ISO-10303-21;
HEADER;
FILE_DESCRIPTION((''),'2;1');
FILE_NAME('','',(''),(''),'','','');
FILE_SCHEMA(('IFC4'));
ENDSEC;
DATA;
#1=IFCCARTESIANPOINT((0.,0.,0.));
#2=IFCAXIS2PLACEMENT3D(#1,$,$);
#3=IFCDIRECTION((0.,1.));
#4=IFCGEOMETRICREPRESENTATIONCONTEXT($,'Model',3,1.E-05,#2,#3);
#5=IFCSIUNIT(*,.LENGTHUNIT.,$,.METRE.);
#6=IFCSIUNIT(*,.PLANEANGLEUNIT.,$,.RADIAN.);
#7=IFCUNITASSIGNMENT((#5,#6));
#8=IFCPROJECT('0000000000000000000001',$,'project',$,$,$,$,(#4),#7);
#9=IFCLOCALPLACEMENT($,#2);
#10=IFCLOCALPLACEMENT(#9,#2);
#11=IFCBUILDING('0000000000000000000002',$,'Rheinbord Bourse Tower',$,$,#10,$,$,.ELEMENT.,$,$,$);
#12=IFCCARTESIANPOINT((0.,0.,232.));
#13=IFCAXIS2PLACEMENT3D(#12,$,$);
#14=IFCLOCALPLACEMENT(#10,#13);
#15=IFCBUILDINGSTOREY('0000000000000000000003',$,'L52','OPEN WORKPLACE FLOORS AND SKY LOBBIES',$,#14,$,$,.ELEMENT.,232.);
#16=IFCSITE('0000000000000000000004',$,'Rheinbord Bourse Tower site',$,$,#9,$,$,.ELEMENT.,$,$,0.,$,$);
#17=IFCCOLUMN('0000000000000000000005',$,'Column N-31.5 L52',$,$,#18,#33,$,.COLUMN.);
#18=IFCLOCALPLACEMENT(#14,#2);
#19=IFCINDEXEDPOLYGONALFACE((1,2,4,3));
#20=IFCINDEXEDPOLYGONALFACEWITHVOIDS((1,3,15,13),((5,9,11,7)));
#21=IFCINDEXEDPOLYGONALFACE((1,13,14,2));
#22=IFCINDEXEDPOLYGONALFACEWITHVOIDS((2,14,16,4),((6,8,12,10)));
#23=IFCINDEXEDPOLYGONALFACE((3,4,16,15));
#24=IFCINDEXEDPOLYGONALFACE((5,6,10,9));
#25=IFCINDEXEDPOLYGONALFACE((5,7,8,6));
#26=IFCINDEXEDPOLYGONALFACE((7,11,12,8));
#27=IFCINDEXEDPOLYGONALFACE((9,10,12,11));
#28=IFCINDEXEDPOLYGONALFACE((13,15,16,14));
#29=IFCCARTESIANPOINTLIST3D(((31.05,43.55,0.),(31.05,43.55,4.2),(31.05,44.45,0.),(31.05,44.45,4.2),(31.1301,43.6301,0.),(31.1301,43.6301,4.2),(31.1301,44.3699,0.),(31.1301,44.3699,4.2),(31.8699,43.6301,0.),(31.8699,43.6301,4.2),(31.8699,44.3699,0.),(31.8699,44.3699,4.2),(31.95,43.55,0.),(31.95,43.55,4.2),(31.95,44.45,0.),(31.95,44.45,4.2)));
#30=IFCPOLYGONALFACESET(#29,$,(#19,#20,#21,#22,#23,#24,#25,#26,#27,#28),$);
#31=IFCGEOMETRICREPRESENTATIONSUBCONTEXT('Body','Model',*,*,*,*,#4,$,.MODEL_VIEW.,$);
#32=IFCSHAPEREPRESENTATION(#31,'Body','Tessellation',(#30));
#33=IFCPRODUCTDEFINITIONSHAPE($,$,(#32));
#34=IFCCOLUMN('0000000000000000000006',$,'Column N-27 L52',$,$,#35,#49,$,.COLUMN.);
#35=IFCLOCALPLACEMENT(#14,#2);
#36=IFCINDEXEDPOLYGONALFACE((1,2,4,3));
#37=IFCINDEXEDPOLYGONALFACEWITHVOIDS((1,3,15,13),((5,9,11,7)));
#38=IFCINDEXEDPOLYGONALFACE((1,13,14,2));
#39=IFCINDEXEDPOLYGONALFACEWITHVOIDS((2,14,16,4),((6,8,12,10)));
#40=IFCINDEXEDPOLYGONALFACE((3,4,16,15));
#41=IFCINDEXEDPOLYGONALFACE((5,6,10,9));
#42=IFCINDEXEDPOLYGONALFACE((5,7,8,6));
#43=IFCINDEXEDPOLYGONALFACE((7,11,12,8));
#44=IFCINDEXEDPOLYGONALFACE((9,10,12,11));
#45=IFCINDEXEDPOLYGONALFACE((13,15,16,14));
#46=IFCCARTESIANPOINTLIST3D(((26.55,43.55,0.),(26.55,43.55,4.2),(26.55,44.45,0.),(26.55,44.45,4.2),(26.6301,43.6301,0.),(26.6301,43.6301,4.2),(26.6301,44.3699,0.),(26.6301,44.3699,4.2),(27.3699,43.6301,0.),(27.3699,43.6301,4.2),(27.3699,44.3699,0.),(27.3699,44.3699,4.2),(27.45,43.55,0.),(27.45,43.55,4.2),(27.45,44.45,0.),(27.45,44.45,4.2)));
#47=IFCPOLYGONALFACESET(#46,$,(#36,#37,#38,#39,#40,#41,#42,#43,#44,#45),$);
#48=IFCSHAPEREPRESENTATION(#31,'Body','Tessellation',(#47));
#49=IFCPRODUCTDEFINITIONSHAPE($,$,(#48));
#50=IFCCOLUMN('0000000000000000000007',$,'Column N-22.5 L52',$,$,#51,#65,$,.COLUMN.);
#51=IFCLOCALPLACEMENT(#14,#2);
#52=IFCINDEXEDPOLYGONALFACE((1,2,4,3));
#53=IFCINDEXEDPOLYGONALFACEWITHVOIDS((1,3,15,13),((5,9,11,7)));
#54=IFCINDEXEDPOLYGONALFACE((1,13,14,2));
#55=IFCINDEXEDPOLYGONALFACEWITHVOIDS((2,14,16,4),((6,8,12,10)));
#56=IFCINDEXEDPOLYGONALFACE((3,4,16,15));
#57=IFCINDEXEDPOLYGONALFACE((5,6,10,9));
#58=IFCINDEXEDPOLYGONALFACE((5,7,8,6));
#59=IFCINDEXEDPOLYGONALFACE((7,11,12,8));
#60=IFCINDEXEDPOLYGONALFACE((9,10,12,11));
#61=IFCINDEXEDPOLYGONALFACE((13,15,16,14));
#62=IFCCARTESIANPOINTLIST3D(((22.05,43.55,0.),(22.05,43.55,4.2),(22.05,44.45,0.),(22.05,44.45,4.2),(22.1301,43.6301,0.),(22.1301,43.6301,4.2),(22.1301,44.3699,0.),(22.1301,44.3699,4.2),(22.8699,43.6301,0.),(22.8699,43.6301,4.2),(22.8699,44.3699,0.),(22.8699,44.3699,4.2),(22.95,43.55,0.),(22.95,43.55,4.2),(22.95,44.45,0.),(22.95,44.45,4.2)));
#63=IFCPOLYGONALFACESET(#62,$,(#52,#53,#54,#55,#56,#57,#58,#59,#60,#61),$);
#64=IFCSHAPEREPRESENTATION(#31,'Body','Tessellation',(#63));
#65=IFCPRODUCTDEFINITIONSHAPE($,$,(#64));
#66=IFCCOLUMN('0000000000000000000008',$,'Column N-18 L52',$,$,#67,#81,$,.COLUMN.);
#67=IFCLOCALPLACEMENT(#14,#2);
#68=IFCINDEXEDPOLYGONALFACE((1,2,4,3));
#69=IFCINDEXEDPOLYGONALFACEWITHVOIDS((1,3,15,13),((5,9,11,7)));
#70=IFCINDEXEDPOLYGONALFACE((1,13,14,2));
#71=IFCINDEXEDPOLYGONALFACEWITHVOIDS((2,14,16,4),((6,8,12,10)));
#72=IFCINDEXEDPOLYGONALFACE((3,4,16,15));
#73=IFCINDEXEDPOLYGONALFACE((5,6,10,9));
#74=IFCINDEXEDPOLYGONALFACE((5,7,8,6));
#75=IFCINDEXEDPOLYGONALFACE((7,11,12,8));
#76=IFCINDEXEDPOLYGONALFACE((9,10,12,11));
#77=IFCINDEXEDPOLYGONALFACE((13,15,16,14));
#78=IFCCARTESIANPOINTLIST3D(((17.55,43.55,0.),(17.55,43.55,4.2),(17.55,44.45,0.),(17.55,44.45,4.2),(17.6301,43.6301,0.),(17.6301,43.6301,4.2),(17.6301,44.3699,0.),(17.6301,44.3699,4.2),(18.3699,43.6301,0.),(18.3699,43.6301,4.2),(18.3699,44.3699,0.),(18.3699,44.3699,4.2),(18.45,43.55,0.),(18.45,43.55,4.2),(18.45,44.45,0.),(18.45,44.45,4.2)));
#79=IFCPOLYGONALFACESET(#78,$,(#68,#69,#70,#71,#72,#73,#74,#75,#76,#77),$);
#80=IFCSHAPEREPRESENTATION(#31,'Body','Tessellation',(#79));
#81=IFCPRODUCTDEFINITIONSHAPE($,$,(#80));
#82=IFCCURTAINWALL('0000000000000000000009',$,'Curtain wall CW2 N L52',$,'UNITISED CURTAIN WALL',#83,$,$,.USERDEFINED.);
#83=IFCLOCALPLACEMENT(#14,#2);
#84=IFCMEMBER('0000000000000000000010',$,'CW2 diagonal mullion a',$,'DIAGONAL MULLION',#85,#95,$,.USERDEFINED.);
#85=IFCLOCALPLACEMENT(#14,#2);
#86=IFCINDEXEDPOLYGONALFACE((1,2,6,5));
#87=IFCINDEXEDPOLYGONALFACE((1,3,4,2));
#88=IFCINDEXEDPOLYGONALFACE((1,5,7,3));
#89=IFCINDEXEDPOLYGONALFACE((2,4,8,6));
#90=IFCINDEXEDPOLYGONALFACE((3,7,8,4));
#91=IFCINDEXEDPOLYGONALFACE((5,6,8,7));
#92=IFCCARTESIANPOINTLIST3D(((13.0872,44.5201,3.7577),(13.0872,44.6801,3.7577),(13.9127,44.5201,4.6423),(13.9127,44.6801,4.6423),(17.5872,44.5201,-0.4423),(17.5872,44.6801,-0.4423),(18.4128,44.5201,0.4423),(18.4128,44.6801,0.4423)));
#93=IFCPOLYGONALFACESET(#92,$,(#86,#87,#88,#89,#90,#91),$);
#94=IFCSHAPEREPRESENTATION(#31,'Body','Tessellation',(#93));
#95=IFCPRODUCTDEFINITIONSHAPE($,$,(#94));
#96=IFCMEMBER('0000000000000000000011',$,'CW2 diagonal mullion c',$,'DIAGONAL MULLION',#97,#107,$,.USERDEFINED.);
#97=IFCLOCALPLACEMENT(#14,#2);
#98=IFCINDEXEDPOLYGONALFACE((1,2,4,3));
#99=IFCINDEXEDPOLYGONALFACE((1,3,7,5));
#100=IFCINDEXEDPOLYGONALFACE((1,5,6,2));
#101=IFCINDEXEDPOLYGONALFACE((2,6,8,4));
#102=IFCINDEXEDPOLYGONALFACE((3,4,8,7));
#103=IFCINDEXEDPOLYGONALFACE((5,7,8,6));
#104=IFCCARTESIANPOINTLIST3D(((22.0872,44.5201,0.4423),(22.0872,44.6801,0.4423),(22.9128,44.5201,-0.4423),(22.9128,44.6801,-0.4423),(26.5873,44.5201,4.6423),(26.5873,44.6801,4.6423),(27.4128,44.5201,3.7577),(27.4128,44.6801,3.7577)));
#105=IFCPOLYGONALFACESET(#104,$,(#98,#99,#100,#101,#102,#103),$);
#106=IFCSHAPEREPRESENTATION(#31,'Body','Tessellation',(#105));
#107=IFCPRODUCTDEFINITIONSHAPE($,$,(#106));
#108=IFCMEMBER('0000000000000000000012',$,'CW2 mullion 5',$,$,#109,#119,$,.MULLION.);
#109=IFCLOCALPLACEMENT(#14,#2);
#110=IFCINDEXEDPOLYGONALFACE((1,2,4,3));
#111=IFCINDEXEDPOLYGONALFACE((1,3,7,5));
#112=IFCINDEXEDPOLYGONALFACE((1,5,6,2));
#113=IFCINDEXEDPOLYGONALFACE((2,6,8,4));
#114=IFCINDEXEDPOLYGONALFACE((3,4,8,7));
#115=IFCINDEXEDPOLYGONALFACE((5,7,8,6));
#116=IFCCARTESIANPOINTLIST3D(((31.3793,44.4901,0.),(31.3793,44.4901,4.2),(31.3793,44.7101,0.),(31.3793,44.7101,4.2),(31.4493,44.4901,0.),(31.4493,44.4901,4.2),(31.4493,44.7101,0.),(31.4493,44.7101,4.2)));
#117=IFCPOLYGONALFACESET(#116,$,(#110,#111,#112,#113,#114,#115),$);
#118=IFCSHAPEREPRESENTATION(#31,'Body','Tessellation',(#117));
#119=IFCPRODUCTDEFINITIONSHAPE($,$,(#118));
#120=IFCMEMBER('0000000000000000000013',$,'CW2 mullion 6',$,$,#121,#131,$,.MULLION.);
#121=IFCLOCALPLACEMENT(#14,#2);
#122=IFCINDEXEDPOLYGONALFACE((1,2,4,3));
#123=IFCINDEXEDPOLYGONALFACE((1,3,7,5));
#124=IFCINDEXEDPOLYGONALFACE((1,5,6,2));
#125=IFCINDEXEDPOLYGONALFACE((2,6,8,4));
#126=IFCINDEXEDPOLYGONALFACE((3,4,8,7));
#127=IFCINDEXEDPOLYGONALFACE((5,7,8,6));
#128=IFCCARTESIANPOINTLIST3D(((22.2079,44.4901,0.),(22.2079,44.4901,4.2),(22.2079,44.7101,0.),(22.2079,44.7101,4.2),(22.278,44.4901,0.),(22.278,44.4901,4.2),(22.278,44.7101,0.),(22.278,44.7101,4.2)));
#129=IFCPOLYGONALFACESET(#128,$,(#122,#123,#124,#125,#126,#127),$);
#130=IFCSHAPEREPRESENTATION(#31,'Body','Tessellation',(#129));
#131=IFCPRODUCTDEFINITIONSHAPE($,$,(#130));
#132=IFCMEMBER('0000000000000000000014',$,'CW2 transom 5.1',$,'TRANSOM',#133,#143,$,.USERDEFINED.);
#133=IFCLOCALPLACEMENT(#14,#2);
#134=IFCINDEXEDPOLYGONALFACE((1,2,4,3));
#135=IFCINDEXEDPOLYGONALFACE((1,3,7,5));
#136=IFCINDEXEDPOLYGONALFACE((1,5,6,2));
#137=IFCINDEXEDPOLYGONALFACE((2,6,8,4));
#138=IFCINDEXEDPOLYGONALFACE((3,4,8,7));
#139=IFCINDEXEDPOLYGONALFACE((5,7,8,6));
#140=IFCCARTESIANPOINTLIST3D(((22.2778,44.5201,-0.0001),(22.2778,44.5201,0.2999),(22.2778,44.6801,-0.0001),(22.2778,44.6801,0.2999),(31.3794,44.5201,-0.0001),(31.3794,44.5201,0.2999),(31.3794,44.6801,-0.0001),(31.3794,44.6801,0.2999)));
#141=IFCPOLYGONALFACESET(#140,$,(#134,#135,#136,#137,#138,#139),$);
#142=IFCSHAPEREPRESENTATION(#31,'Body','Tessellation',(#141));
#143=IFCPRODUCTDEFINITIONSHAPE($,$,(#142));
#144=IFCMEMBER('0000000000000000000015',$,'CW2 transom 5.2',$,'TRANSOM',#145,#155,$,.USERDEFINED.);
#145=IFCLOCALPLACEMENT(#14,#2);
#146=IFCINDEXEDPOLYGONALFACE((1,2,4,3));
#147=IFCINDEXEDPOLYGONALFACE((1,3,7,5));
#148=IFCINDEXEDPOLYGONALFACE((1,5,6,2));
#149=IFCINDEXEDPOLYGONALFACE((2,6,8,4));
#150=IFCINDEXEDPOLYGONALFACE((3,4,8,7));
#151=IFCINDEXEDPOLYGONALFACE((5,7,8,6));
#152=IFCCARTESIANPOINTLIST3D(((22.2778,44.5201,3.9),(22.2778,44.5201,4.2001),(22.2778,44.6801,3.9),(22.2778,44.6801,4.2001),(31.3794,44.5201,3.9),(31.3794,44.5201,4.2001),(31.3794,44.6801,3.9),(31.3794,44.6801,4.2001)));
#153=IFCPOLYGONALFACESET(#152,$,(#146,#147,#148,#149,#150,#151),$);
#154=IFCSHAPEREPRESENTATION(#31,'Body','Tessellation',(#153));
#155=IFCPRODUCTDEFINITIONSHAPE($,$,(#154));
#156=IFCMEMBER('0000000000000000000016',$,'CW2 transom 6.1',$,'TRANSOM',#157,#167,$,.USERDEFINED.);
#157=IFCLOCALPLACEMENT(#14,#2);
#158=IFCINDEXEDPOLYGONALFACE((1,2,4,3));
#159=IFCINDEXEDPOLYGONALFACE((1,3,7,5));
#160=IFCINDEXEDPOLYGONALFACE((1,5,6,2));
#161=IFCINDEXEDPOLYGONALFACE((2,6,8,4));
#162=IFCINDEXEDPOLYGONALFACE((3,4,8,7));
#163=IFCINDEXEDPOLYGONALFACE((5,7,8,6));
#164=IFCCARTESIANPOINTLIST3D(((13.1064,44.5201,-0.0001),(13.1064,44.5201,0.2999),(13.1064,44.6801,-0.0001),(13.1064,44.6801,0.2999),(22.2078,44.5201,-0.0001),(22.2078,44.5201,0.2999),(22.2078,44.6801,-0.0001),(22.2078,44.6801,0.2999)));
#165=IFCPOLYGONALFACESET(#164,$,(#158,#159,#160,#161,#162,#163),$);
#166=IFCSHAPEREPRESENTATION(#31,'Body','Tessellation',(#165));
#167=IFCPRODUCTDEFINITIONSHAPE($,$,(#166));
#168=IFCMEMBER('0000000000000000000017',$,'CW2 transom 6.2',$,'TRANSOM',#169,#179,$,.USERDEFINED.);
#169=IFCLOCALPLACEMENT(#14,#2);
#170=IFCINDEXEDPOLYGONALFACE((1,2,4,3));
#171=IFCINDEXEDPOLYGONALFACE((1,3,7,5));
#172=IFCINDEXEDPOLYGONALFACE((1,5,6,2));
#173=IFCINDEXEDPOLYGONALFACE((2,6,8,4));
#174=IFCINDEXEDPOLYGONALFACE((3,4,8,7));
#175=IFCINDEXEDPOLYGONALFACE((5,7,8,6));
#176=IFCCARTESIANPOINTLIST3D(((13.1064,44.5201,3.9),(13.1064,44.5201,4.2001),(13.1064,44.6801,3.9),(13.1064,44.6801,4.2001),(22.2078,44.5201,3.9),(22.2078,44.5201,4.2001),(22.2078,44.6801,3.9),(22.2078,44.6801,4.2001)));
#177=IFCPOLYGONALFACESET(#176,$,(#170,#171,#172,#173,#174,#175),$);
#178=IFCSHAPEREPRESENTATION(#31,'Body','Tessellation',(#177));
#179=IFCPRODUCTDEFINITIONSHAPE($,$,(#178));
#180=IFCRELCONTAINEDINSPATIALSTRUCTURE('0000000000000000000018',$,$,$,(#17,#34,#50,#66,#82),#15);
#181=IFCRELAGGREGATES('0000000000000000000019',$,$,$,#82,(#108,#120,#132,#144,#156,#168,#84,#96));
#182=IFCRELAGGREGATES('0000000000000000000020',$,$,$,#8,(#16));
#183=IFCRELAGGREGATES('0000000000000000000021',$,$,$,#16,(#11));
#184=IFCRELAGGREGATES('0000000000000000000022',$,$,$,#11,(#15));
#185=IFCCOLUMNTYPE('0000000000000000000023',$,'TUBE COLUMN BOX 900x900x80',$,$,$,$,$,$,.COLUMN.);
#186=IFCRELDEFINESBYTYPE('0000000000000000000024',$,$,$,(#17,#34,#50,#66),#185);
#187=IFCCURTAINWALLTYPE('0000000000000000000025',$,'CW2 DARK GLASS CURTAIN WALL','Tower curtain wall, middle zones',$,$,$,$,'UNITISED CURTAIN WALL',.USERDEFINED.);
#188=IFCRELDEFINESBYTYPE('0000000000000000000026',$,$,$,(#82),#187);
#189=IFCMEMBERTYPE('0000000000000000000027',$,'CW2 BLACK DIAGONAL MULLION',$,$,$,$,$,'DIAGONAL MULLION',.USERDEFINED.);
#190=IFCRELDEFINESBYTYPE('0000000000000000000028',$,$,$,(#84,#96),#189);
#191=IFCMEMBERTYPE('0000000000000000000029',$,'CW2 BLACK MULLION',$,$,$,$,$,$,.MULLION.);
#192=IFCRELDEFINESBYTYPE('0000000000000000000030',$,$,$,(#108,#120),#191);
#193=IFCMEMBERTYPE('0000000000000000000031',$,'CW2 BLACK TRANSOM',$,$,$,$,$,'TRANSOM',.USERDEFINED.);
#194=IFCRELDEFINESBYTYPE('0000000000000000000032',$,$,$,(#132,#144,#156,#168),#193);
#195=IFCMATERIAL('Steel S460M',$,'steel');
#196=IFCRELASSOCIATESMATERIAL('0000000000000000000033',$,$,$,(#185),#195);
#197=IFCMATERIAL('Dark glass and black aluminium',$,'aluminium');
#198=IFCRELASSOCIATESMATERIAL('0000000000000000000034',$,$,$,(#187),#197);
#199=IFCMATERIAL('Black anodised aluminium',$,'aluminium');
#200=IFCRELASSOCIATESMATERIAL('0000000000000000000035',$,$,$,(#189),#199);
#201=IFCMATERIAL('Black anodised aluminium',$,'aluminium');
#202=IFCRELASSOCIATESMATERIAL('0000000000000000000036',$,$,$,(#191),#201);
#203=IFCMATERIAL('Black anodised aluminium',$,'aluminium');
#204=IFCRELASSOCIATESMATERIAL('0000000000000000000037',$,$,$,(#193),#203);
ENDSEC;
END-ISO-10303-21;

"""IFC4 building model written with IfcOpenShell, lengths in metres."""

from ifc_helpers import new_model, si_unit, direction, frame, origin, origin_2d, place, context, subcontext, project, spatial, rectangle, hollow_rectangle, extrude, material, material_profile, profile_set, type_object, element, aggregate, save


model = new_model("IFC4")

# Units and contexts
model_context = context("Model", 3, precision=1e-05, world=origin(), true_north=direction((0.0, 1.0)))
body_context = subcontext(model_context, "Body", "Model", "MODEL_VIEW")
ifc_project = project(units=[si_unit("LENGTHUNIT", "METRE"), si_unit("PLANEANGLEUNIT", "RADIAN")], contexts=[model_context])

# Site, building, storey
site_placement = place(None, origin())
site = spatial("IfcSite", under=ifc_project, at=site_placement, Name="Rheinbord Bourse Tower site", CompositionType="ELEMENT", RefElevation=0.0)
building_placement = place(site_placement, origin())
building = spatial("IfcBuilding", under=site, at=building_placement, Name="Rheinbord Bourse Tower", CompositionType="ELEMENT")
storey_placement = place(building_placement, frame((0.0, 0.0, 232.0)))
storey = spatial("IfcBuildingStorey", under=building, at=storey_placement, Name="L52", Description="OPEN WORKPLACE FLOORS AND SKY LOBBIES", CompositionType="ELEMENT", Elevation=232.0)

# Columns
ifc_material_1 = material(Name="Steel S460M", Category="steel")
ifc_material_profile_1 = material_profile(ifc_material_1, hollow_rectangle(XDim=0.8999, YDim=0.8999, WallThickness=0.0801, at=origin_2d()), Name="BOX 900x900x80")
ifc_profile_set_1 = profile_set([ifc_material_profile_1], Name="Steel S460M")
column_type = type_object("IfcColumnType", Name="TUBE COLUMN BOX 900x900x80", PredefinedType="COLUMN", material=ifc_profile_set_1)
for number, where, z_axis, x_axis, name in (
    (1, (31.5, 44.0, 0.0), (0.0, 0.0, 1.0), (0.0, 1.0, 0.0), "Column N-31.5 L52"),
    (2, (27.0, 44.0, 0.0), (0.0, 0.0, 1.0), (0.0, 1.0, 0.0), "Column N-27 L52"),
    (3, (22.5, 44.0, 0.0), (0.0, 0.0, 1.0), (0.0, 1.0, 0.0), "Column N-22.5 L52"),
    (4, (18.0, 44.0, 0.0), (0.0, 0.0, 1.0), (0.0, 1.0, 0.0), "Column N-18 L52"),
):
    element("IfcColumn", number, at=place(storey_placement, frame(where, z_axis=z_axis, x_axis=x_axis)), inside=storey, type_object=column_type, Name=name, PredefinedType="COLUMN", context=body_context, shape_type="SweptSolid", body=[
        extrude(hollow_rectangle(XDim=0.8999, YDim=0.8999, WallThickness=0.0801, at=origin_2d()), origin(), (0.0, 0.0, 1.0), 4.2),
    ])

# Curtain wall, members
ifc_material_2 = material(Name="Dark glass and black aluminium", Category="aluminium")
curtain_wall_type = type_object("IfcCurtainWallType", Name="CW2 DARK GLASS CURTAIN WALL", Description="Tower curtain wall, middle zones", ElementType="UNITISED CURTAIN WALL", PredefinedType="USERDEFINED", material=ifc_material_2)
curtain_wall_placement = place(storey_placement, origin())
curtain_wall = element("IfcCurtainWall", 5, at=curtain_wall_placement, inside=storey, type_object=curtain_wall_type, Name="Curtain wall CW2 N L52", ObjectType="UNITISED CURTAIN WALL", PredefinedType="USERDEFINED")
ifc_material_3 = material(Name="Black anodised aluminium", Category="aluminium")
ifc_material_profile_2 = material_profile(ifc_material_3, rectangle(XDim=0.1599, YDim=1.21, at=origin_2d()), Name="CW2 DIAGONAL MULLION 1210x160")
ifc_profile_set_2 = profile_set([ifc_material_profile_2], Name="Black anodised aluminium")
member_type_1 = type_object("IfcMemberType", Name="CW2 BLACK DIAGONAL MULLION", ElementType="DIAGONAL MULLION", PredefinedType="USERDEFINED", material=ifc_profile_set_2)
member_1_placement = place(storey_placement, frame((18.0, 44.6001, 0.0), z_axis=(-0.731059, 0.0, 0.682314), x_axis=(0.0, -1.0, 0.0)))
member_1 = element("IfcMember", 6, at=member_1_placement, type_object=member_type_1, Name="CW2 diagonal mullion a", ObjectType="DIAGONAL MULLION", PredefinedType="USERDEFINED", context=body_context, shape_type="SweptSolid", body=[
    extrude(rectangle(XDim=0.1599, YDim=1.21, at=origin_2d()), origin(), (0.0, 0.0, 1.0), 6.1555),
])
member_2_placement = place(storey_placement, frame((22.5, 44.6001, 0.0), z_axis=(0.731059, 0.0, 0.682314), x_axis=(0.0, 1.0, 0.0)))
member_2 = element("IfcMember", 7, at=member_2_placement, type_object=member_type_1, Name="CW2 diagonal mullion c", ObjectType="DIAGONAL MULLION", PredefinedType="USERDEFINED", context=body_context, shape_type="SweptSolid", body=[
    extrude(rectangle(XDim=0.1599, YDim=1.21, at=origin_2d()), origin(), (0.0, 0.0, 1.0), 6.1555),
])
ifc_material_4 = material(Name="Black anodised aluminium", Category="aluminium")
ifc_material_profile_3 = material_profile(ifc_material_4, rectangle(XDim=0.22, YDim=0.0701, at=origin_2d()), Name="CW2 MULLION 70x220")
ifc_profile_set_3 = profile_set([ifc_material_profile_3], Name="Black anodised aluminium")
member_type_2 = type_object("IfcMemberType", Name="CW2 BLACK MULLION", PredefinedType="MULLION", material=ifc_profile_set_3)
member_3_placement = place(storey_placement, frame((31.4143, 44.6001, 0.0), z_axis=(0.0, 0.0, 1.0), x_axis=(0.0, -1.0, 0.0)))
member_3 = element("IfcMember", 8, at=member_3_placement, type_object=member_type_2, Name="CW2 mullion 5", PredefinedType="MULLION", context=body_context, shape_type="SweptSolid", body=[
    extrude(rectangle(XDim=0.22, YDim=0.0701, at=origin_2d()), origin(), (0.0, 0.0, 1.0), 4.2),
])
member_4_placement = place(storey_placement, frame((22.2429, 44.6001, 0.0), z_axis=(0.0, 0.0, 1.0), x_axis=(0.0, -1.0, 0.0)))
member_4 = element("IfcMember", 9, at=member_4_placement, type_object=member_type_2, Name="CW2 mullion 6", PredefinedType="MULLION", context=body_context, shape_type="SweptSolid", body=[
    extrude(rectangle(XDim=0.22, YDim=0.0701, at=origin_2d()), origin(), (0.0, 0.0, 1.0), 4.2),
])
ifc_material_5 = material(Name="Black anodised aluminium", Category="aluminium")
ifc_material_profile_4 = material_profile(ifc_material_5, rectangle(XDim=0.1599, YDim=0.3, at=origin_2d()), Name="CW2 TRANSOM 300x160")
ifc_profile_set_4 = profile_set([ifc_material_profile_4], Name="Black anodised aluminium")
member_type_3 = type_object("IfcMemberType", Name="CW2 BLACK TRANSOM", ElementType="TRANSOM", PredefinedType="USERDEFINED", material=ifc_profile_set_4)
member_5_placement = place(storey_placement, frame((31.3794, 44.6001, 0.1499), z_axis=(-1.0, 0.0, 0.0), x_axis=(0.0, -1.0, 0.0)))
member_5 = element("IfcMember", 10, at=member_5_placement, type_object=member_type_3, Name="CW2 transom 5.1", ObjectType="TRANSOM", PredefinedType="USERDEFINED", context=body_context, shape_type="SweptSolid", body=[
    extrude(rectangle(XDim=0.1599, YDim=0.3, at=origin_2d()), origin(), (0.0, 0.0, 1.0), 9.1016),
])
member_6_placement = place(storey_placement, frame((31.3794, 44.6001, 4.05), z_axis=(-1.0, 0.0, 0.0), x_axis=(0.0, -1.0, 0.0)))
member_6 = element("IfcMember", 11, at=member_6_placement, type_object=member_type_3, Name="CW2 transom 5.2", ObjectType="TRANSOM", PredefinedType="USERDEFINED", context=body_context, shape_type="SweptSolid", body=[
    extrude(rectangle(XDim=0.1599, YDim=0.3, at=origin_2d()), origin(), (0.0, 0.0, 1.0), 9.1016),
])
member_7_placement = place(storey_placement, frame((22.2078, 44.6001, 0.1499), z_axis=(-1.0, 0.0, 0.0), x_axis=(0.0, -1.0, 0.0)))
member_7 = element("IfcMember", 12, at=member_7_placement, type_object=member_type_3, Name="CW2 transom 6.1", ObjectType="TRANSOM", PredefinedType="USERDEFINED", context=body_context, shape_type="SweptSolid", body=[
    extrude(rectangle(XDim=0.1599, YDim=0.3, at=origin_2d()), origin(), (0.0, 0.0, 1.0), 9.1013),
])
member_8_placement = place(storey_placement, frame((22.2078, 44.6001, 4.05), z_axis=(-1.0, 0.0, 0.0), x_axis=(0.0, -1.0, 0.0)))
member_8 = element("IfcMember", 13, at=member_8_placement, type_object=member_type_3, Name="CW2 transom 6.2", ObjectType="TRANSOM", PredefinedType="USERDEFINED", context=body_context, shape_type="SweptSolid", body=[
    extrude(rectangle(XDim=0.1599, YDim=0.3, at=origin_2d()), origin(), (0.0, 0.0, 1.0), 9.1013),
])

aggregate(curtain_wall, [member_3, member_4, member_5, member_6, member_7, member_8, member_1, member_2])

save(model, "model.ifc")
